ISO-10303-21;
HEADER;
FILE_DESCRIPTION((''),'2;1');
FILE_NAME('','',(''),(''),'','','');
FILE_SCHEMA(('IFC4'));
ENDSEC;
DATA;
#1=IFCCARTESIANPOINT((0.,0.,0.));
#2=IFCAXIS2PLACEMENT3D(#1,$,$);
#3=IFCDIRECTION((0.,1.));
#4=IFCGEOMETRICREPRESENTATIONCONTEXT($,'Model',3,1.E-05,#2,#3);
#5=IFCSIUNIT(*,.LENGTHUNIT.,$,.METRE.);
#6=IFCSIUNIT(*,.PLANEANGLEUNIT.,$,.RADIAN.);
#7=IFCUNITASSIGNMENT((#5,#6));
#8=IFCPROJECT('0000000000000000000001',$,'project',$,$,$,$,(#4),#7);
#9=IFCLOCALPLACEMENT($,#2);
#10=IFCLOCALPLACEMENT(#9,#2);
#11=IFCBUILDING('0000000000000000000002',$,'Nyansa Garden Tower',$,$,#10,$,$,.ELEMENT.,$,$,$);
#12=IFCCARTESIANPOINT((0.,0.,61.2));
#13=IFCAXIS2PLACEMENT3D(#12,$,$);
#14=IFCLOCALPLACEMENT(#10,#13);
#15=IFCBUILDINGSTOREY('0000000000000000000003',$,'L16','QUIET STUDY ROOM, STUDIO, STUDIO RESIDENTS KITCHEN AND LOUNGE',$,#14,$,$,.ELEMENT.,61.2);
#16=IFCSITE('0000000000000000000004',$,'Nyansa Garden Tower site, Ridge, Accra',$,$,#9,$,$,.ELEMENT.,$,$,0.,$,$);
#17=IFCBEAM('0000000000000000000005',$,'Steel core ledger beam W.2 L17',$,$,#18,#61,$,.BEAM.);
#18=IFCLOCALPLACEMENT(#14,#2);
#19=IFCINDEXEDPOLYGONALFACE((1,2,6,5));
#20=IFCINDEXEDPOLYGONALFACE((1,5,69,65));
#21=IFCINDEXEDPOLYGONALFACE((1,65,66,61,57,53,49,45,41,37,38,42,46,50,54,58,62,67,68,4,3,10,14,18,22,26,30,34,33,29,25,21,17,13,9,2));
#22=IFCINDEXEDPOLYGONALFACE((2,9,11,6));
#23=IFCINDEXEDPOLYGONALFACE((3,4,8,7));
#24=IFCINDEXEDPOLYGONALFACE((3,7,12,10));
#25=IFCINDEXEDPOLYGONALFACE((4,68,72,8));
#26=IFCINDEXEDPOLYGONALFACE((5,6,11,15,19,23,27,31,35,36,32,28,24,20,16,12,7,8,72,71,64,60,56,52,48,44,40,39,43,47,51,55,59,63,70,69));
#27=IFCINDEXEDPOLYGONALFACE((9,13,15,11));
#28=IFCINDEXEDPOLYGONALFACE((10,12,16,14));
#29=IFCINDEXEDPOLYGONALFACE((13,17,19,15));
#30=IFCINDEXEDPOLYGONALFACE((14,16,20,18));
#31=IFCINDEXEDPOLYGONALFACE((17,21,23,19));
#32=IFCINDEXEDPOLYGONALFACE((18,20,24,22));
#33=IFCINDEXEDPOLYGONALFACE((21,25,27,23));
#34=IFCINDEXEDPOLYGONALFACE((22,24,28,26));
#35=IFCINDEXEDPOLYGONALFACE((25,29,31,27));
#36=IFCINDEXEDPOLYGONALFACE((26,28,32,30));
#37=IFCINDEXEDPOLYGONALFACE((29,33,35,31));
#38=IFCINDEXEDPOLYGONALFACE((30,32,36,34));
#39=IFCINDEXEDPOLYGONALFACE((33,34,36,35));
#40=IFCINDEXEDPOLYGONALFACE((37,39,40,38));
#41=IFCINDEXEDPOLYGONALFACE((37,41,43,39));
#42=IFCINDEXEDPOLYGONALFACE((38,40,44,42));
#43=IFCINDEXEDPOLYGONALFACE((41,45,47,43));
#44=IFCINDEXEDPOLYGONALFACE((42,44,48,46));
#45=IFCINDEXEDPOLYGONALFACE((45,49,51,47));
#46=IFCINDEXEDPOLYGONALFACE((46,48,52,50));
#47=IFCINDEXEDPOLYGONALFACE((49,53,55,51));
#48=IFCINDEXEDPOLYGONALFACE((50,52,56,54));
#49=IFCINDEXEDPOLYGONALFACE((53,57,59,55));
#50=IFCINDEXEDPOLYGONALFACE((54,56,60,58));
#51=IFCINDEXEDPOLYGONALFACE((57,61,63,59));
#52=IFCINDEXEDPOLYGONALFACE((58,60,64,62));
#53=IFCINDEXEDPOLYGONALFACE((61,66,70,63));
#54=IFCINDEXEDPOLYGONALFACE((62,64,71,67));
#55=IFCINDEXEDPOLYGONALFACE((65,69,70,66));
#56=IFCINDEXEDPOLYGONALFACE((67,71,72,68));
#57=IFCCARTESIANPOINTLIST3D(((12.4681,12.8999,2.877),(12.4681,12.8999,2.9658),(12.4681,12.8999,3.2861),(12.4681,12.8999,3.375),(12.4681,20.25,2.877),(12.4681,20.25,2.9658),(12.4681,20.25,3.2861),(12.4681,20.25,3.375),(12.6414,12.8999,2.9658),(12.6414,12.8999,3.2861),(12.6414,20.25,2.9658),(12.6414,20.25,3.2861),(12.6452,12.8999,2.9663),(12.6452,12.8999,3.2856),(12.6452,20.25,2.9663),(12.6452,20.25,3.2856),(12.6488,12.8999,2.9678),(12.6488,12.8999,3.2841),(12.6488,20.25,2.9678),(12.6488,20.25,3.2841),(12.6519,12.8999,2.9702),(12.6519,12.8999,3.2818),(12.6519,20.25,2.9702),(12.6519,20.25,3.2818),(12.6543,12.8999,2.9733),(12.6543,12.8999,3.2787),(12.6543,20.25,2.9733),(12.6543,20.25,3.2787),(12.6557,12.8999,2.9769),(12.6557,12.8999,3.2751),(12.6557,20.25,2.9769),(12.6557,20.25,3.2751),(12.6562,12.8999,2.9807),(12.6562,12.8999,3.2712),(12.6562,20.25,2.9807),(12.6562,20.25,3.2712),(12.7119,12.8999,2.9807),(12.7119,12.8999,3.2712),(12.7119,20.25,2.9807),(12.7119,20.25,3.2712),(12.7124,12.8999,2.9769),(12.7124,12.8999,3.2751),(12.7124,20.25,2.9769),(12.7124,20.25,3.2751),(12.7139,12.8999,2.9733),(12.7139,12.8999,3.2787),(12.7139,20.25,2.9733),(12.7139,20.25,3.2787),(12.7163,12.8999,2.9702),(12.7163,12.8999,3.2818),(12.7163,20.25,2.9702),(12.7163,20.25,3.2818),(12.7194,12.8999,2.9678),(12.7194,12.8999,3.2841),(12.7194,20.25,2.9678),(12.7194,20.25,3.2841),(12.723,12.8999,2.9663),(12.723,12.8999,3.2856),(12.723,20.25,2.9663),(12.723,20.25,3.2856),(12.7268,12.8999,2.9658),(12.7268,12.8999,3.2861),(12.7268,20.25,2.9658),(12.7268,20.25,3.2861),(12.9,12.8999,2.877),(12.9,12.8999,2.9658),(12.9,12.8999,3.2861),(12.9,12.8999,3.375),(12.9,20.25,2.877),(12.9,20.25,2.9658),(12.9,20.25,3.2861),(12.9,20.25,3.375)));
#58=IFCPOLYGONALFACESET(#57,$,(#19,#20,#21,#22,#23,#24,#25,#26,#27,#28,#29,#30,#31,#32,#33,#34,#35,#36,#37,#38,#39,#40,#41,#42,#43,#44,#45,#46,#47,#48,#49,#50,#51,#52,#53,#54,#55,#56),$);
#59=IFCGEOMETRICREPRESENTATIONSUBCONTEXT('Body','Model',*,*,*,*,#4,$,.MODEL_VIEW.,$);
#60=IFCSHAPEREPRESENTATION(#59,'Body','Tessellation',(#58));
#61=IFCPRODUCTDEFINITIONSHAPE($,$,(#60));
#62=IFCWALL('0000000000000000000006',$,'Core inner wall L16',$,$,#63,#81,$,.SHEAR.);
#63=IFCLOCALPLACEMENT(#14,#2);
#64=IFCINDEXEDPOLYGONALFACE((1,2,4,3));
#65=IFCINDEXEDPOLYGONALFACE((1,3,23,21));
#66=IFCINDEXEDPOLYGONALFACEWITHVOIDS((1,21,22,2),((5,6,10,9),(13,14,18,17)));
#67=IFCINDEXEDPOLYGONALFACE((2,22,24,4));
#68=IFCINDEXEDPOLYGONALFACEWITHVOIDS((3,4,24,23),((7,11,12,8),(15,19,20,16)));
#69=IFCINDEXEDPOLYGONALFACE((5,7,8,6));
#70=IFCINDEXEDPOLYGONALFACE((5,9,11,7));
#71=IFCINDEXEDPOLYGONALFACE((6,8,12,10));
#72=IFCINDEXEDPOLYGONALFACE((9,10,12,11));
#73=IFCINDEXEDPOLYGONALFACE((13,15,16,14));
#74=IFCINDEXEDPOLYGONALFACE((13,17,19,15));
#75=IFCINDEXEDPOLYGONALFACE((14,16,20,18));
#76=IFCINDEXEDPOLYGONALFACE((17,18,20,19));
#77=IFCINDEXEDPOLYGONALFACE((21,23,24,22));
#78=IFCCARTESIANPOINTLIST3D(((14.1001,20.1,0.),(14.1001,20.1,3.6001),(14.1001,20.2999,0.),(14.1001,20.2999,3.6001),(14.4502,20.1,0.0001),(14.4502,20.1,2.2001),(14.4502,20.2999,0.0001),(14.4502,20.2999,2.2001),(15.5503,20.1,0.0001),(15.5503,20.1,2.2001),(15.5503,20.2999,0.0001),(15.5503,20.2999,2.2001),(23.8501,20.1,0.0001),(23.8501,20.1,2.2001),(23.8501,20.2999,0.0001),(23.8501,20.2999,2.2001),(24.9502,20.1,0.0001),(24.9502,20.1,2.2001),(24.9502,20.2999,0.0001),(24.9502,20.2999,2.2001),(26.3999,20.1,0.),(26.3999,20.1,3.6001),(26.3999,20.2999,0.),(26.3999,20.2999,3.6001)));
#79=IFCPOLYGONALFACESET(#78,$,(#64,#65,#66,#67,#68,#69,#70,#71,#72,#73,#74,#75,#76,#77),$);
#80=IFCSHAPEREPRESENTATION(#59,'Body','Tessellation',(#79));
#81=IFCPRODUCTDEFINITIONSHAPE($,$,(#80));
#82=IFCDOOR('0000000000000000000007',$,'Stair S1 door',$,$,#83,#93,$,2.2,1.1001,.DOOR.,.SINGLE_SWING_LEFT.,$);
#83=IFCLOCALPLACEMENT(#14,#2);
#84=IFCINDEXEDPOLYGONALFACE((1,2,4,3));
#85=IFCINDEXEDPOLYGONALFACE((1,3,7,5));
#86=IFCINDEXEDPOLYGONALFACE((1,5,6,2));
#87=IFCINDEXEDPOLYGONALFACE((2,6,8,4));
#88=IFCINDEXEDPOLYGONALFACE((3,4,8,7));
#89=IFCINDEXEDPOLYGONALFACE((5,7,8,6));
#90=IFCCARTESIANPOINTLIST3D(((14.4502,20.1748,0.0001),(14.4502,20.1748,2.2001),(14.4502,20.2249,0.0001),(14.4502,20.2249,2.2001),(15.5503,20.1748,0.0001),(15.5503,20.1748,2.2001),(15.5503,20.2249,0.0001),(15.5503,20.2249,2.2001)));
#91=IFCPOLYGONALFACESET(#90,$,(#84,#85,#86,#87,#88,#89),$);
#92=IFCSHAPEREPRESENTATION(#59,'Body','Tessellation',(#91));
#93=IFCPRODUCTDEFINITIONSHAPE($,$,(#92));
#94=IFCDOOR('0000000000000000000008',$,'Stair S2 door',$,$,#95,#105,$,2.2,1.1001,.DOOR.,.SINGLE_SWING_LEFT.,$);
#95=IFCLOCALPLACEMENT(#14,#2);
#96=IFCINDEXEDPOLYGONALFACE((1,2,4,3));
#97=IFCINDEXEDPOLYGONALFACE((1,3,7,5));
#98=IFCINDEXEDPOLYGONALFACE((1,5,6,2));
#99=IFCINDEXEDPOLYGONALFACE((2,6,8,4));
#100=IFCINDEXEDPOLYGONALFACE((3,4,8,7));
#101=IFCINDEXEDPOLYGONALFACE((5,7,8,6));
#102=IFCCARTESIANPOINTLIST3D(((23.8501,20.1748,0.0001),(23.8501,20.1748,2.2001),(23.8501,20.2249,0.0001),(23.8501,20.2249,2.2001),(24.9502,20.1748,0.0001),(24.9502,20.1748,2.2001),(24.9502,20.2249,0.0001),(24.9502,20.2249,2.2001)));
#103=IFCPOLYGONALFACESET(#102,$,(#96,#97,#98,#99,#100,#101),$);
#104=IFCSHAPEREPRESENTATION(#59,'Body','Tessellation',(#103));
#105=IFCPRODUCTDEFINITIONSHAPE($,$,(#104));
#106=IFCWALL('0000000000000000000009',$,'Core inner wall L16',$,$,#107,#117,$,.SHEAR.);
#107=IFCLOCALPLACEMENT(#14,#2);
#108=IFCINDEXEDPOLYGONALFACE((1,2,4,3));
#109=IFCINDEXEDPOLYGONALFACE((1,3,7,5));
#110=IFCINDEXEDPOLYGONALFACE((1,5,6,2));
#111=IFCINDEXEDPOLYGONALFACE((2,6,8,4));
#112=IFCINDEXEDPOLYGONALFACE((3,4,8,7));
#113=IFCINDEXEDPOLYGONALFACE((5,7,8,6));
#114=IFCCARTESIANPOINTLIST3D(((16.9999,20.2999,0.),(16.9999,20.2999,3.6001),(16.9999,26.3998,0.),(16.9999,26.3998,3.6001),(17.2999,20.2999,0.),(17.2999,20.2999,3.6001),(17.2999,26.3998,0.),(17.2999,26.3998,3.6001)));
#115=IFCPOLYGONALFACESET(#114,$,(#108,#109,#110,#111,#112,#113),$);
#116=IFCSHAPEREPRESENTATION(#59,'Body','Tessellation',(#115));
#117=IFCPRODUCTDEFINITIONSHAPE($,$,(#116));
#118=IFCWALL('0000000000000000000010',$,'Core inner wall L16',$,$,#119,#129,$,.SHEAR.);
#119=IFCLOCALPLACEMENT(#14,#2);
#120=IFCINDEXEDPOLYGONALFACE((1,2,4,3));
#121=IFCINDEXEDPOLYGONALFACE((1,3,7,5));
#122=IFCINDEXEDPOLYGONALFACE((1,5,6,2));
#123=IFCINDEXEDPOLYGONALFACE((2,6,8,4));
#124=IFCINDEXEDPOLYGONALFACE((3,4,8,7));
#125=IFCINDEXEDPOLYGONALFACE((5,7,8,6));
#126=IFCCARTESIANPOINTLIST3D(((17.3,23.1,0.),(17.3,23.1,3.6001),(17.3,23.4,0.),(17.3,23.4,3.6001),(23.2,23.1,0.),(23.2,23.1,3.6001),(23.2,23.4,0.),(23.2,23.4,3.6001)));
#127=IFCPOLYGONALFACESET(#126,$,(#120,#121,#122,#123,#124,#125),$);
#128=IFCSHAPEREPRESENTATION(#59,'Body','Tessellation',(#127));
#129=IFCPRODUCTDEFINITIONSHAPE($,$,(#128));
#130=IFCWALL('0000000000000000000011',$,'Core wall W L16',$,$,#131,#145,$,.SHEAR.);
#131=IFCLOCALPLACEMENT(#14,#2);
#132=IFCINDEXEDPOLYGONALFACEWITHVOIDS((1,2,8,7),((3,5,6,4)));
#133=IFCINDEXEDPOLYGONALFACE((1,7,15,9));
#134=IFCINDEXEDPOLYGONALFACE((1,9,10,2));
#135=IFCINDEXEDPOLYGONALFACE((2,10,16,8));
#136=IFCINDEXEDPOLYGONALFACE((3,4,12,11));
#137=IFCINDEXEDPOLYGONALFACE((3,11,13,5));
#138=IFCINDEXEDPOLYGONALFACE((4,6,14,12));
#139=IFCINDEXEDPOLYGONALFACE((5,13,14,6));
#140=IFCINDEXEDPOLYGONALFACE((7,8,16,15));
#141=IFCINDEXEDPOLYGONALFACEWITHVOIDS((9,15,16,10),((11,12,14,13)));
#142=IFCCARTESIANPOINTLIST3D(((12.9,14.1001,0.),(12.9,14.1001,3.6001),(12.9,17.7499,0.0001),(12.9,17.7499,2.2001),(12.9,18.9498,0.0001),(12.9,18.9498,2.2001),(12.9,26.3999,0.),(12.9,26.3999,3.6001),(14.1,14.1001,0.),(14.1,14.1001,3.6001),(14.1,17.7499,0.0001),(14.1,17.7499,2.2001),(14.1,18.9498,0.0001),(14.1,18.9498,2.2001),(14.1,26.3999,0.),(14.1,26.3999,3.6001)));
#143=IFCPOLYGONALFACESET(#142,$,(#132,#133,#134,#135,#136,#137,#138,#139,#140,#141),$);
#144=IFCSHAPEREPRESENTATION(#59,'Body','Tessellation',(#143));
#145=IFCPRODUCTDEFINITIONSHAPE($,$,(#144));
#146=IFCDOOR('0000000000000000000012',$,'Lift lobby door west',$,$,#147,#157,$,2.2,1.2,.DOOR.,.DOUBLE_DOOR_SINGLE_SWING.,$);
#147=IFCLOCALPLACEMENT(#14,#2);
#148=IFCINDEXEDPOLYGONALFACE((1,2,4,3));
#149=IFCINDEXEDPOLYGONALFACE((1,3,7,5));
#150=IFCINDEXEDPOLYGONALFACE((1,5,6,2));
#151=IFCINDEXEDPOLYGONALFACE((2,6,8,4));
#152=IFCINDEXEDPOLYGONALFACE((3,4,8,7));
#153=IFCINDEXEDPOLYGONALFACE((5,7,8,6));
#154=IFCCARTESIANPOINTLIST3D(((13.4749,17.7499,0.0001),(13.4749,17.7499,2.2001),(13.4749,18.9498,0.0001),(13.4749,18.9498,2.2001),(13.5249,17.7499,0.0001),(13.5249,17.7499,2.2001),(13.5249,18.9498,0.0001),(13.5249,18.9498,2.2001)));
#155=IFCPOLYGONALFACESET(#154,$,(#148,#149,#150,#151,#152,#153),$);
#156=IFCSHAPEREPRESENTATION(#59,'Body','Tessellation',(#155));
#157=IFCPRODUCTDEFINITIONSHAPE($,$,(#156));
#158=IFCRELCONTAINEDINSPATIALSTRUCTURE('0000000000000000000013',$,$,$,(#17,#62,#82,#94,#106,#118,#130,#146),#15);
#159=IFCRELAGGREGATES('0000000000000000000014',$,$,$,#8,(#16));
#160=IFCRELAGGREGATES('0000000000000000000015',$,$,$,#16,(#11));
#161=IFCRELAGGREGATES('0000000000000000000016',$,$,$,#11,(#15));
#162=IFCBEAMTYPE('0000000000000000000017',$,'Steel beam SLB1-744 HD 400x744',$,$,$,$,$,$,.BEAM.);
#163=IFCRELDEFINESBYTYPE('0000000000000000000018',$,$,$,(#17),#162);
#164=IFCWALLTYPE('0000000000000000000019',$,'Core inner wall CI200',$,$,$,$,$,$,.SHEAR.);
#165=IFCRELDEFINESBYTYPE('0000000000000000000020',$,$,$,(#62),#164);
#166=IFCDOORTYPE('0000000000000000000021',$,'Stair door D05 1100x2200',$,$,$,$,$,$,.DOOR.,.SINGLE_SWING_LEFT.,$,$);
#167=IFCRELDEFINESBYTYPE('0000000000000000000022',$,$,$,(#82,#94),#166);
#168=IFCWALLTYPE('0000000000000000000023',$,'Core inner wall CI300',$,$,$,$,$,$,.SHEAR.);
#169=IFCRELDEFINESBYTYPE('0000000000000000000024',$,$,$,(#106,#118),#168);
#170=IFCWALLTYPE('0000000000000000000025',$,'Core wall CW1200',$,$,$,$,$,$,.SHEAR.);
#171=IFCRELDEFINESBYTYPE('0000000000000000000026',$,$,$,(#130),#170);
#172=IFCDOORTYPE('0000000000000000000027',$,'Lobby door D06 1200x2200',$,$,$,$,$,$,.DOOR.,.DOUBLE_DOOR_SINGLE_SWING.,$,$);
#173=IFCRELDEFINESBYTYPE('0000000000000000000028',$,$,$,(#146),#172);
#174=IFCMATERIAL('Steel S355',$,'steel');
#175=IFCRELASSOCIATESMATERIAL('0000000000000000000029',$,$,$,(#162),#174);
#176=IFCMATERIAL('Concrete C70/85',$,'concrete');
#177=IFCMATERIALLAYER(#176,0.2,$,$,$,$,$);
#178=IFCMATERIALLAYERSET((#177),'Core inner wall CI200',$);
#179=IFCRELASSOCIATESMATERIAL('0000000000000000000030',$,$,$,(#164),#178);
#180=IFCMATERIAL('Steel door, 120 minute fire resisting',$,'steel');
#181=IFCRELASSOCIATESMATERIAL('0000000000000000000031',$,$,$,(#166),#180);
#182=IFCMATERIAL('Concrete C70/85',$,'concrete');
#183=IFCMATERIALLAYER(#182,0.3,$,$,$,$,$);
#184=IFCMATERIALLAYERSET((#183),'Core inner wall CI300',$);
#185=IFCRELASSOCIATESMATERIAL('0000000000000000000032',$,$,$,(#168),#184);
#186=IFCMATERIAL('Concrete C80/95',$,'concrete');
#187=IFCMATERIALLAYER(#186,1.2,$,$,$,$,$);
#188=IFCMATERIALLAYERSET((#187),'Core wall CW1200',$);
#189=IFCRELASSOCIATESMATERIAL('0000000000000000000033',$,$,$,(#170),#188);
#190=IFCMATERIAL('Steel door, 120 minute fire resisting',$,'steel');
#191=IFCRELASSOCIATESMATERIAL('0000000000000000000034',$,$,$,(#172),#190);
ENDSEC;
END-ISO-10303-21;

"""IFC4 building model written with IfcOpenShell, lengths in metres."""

from ifc_helpers import new_model, si_unit, direction, frame, frame_2d, origin, origin_2d, place, context, subcontext, project, spatial, rectangle, i_section, extrude, material, layer, layer_set, material_profile, profile_set, type_object, element, fill, save


model = new_model("IFC4")

# Units and contexts
model_context = context("Model", 3, precision=1e-05, world=origin(), true_north=direction((0.0, 1.0)))
body_context = subcontext(model_context, "Body", "Model", "MODEL_VIEW")
ifc_project = project(units=[si_unit("LENGTHUNIT", "METRE"), si_unit("PLANEANGLEUNIT", "RADIAN")], contexts=[model_context])

# Site, building, storey
site_placement = place(None, origin())
site = spatial("IfcSite", under=ifc_project, at=site_placement, Name="Nyansa Garden Tower site, Ridge, Accra", CompositionType="ELEMENT", RefElevation=0.0)
building_placement = place(site_placement, origin())
building = spatial("IfcBuilding", under=site, at=building_placement, Name="Nyansa Garden Tower", CompositionType="ELEMENT")
storey_placement = place(building_placement, frame((0.0, 0.0, 61.2)))
storey = spatial("IfcBuildingStorey", under=building, at=storey_placement, Name="L16", Description="QUIET STUDY ROOM, STUDIO, STUDIO RESIDENTS KITCHEN AND LOUNGE", CompositionType="ELEMENT", Elevation=61.2)

# Beam
ifc_material_1 = material(Name="Steel S355", Category="steel")
ifc_material_profile_1 = material_profile(ifc_material_1, i_section(OverallWidth=0.4319, OverallDepth=0.498, WebThickness=0.0557, FlangeThickness=0.0889, FilletRadius=0.0149, at=origin_2d()), Name="HD 400x744")
ifc_profile_set_1 = profile_set([ifc_material_profile_1], Name="Steel S355")
beam_type_1 = type_object("IfcBeamType", Name="Steel beam SLB1-744 HD 400x744", PredefinedType="BEAM", material=ifc_profile_set_1)
beam_1_placement = place(storey_placement, frame((12.6841, 20.25, 3.126), z_axis=(0.0, -1.0, 0.0), x_axis=(1.0, 0.0, 0.0)))
element("IfcBeam", 1, at=beam_1_placement, inside=storey, type_object=beam_type_1, Name="Steel core ledger beam W.2 L17", PredefinedType="BEAM", context=body_context, shape_type="SweptSolid", body=[
    extrude(i_section(OverallWidth=0.4319, OverallDepth=0.498, WebThickness=0.0557, FlangeThickness=0.0889, FilletRadius=0.0149, at=origin_2d()), origin(), (0.0, 0.0, 1.0), 7.3501),
])

# Wall, openings, doors
ifc_material_2 = material(Name="Concrete C70/85", Category="concrete")
ifc_layer_1 = layer(ifc_material_2, 0.2)
ifc_layer_set_1 = layer_set([ifc_layer_1], Name="Core inner wall CI200")
wall_type_1 = type_object("IfcWallType", Name="Core inner wall CI200", PredefinedType="SHEAR", material=ifc_layer_set_1)
wall_1_placement = place(storey_placement, frame((14.1001, 20.2, 0.0), z_axis=(0.0, 0.0, 1.0), x_axis=(1.0, 0.0, 0.0)))
wall_1 = element("IfcWall", 2, at=wall_1_placement, inside=storey, type_object=wall_type_1, Name="Core inner wall L16", PredefinedType="SHEAR", context=body_context, shape_type="SweptSolid", body=[
    extrude(rectangle(XDim=12.2998, YDim=0.2, at=frame_2d((6.1499, 0.0))), origin(), (0.0, 0.0, 1.0), 3.6001),
])
opening_1_placement = place(wall_1_placement, frame((0.3501, 0.0, 0.0)))
opening_1 = element("IfcOpeningElement", 3, at=opening_1_placement, cuts=wall_1, PredefinedType="OPENING", context=body_context, shape_type="SweptSolid", body=[
    extrude(rectangle(XDim=1.1001, YDim=2.2, at=frame_2d((0.55, 1.1001))), frame((0.0, 0.1099, 0.0), z_axis=(0.0, -1.0, 0.0), x_axis=(1.0, 0.0, 0.0)), (0.0, 0.0, 1.0), 0.22),
])
opening_2_placement = place(wall_1_placement, frame((9.75, 0.0, 0.0)))
opening_2 = element("IfcOpeningElement", 4, at=opening_2_placement, cuts=wall_1, PredefinedType="OPENING", context=body_context, shape_type="SweptSolid", body=[
    extrude(rectangle(XDim=1.1001, YDim=2.2, at=frame_2d((0.55, 1.1001))), frame((0.0, 0.1099, 0.0), z_axis=(0.0, -1.0, 0.0), x_axis=(1.0, 0.0, 0.0)), (0.0, 0.0, 1.0), 0.22),
])
ifc_material_3 = material(Name="Steel door, 120 minute fire resisting", Category="steel")
door_type_1 = type_object("IfcDoorType", Name="Stair door D05 1100x2200", OperationType="SINGLE_SWING_LEFT", PredefinedType="DOOR", material=ifc_material_3)
door_1_placement = place(opening_1_placement, origin())
door_1 = element("IfcDoor", 5, at=door_1_placement, inside=storey, type_object=door_type_1, Name="Stair S1 door", OperationType="SINGLE_SWING_LEFT", OverallHeight=2.2, OverallWidth=1.1001, PredefinedType="DOOR", context=body_context, shape_type="SweptSolid", body=[
    extrude(rectangle(XDim=1.1001, YDim=2.2, at=frame_2d((0.55, 1.1001))), frame((0.0, 0.0249, 0.0), z_axis=(0.0, -1.0, 0.0), x_axis=(1.0, 0.0, 0.0)), (0.0, 0.0, 1.0), 0.05),
])
fill(opening_1, door_1)
door_2_placement = place(opening_2_placement, origin())
door_2 = element("IfcDoor", 6, at=door_2_placement, inside=storey, type_object=door_type_1, Name="Stair S2 door", OperationType="SINGLE_SWING_LEFT", OverallHeight=2.2, OverallWidth=1.1001, PredefinedType="DOOR", context=body_context, shape_type="SweptSolid", body=[
    extrude(rectangle(XDim=1.1001, YDim=2.2, at=frame_2d((0.55, 1.1001))), frame((0.0, 0.0249, 0.0), z_axis=(0.0, -1.0, 0.0), x_axis=(1.0, 0.0, 0.0)), (0.0, 0.0, 1.0), 0.05),
])
fill(opening_2, door_2)

# Walls
ifc_material_4 = material(Name="Concrete C70/85", Category="concrete")
ifc_layer_2 = layer(ifc_material_4, 0.3)
ifc_layer_set_2 = layer_set([ifc_layer_2], Name="Core inner wall CI300")
wall_type_2 = type_object("IfcWallType", Name="Core inner wall CI300", PredefinedType="SHEAR", material=ifc_layer_set_2)
wall_2_placement = place(storey_placement, frame((17.1499, 20.3, 0.0), z_axis=(0.0, 0.0, 1.0), x_axis=(0.0, 1.0, 0.0)))
element("IfcWall", 7, at=wall_2_placement, inside=storey, type_object=wall_type_2, Name="Core inner wall L16", PredefinedType="SHEAR", context=body_context, shape_type="SweptSolid", body=[
    extrude(rectangle(XDim=6.0999, YDim=0.3, at=frame_2d((3.0498, 0.0))), origin(), (0.0, 0.0, 1.0), 3.6001),
])
wall_3_placement = place(storey_placement, frame((17.3, 23.25, 0.0), z_axis=(0.0, 0.0, 1.0), x_axis=(1.0, 0.0, 0.0)))
element("IfcWall", 8, at=wall_3_placement, inside=storey, type_object=wall_type_2, Name="Core inner wall L16", PredefinedType="SHEAR", context=body_context, shape_type="SweptSolid", body=[
    extrude(rectangle(XDim=5.8999, YDim=0.3, at=frame_2d((2.95, 0.0))), origin(), (0.0, 0.0, 1.0), 3.6001),
])

# Wall, opening, door
ifc_material_5 = material(Name="Concrete C80/95", Category="concrete")
ifc_layer_3 = layer(ifc_material_5, 1.2)
ifc_layer_set_3 = layer_set([ifc_layer_3], Name="Core wall CW1200")
wall_type_3 = type_object("IfcWallType", Name="Core wall CW1200", PredefinedType="SHEAR", material=ifc_layer_set_3)
wall_4_placement = place(storey_placement, frame((13.5, 26.3999, 0.0), z_axis=(0.0, 0.0, 1.0), x_axis=(0.0, -1.0, 0.0)))
wall_4 = element("IfcWall", 9, at=wall_4_placement, inside=storey, type_object=wall_type_3, Name="Core wall W L16", PredefinedType="SHEAR", context=body_context, shape_type="SweptSolid", body=[
    extrude(rectangle(XDim=12.2998, YDim=1.2, at=frame_2d((6.1499, 0.0))), origin(), (0.0, 0.0, 1.0), 3.6001),
])
opening_3_placement = place(wall_4_placement, frame((7.45, 0.0, 0.0)))
opening_3 = element("IfcOpeningElement", 10, at=opening_3_placement, cuts=wall_4, PredefinedType="OPENING", context=body_context, shape_type="SweptSolid", body=[
    extrude(rectangle(XDim=1.2, YDim=2.2, at=frame_2d((0.6001, 1.1001))), frame((0.0, 0.6099, 0.0), z_axis=(0.0, -1.0, 0.0), x_axis=(1.0, 0.0, 0.0)), (0.0, 0.0, 1.0), 1.22),
])
ifc_material_6 = material(Name="Steel door, 120 minute fire resisting", Category="steel")
door_type_2 = type_object("IfcDoorType", Name="Lobby door D06 1200x2200", OperationType="DOUBLE_DOOR_SINGLE_SWING", PredefinedType="DOOR", material=ifc_material_6)
door_3_placement = place(opening_3_placement, origin())
door_3 = element("IfcDoor", 11, at=door_3_placement, inside=storey, type_object=door_type_2, Name="Lift lobby door west", OperationType="DOUBLE_DOOR_SINGLE_SWING", OverallHeight=2.2, OverallWidth=1.2, PredefinedType="DOOR", context=body_context, shape_type="SweptSolid", body=[
    extrude(rectangle(XDim=1.2, YDim=2.2, at=frame_2d((0.6001, 1.1001))), frame((0.0, 0.0249, 0.0), z_axis=(0.0, -1.0, 0.0), x_axis=(1.0, 0.0, 0.0)), (0.0, 0.0, 1.0), 0.05),
])
fill(opening_3, door_3)

save(model, "model.ifc")
